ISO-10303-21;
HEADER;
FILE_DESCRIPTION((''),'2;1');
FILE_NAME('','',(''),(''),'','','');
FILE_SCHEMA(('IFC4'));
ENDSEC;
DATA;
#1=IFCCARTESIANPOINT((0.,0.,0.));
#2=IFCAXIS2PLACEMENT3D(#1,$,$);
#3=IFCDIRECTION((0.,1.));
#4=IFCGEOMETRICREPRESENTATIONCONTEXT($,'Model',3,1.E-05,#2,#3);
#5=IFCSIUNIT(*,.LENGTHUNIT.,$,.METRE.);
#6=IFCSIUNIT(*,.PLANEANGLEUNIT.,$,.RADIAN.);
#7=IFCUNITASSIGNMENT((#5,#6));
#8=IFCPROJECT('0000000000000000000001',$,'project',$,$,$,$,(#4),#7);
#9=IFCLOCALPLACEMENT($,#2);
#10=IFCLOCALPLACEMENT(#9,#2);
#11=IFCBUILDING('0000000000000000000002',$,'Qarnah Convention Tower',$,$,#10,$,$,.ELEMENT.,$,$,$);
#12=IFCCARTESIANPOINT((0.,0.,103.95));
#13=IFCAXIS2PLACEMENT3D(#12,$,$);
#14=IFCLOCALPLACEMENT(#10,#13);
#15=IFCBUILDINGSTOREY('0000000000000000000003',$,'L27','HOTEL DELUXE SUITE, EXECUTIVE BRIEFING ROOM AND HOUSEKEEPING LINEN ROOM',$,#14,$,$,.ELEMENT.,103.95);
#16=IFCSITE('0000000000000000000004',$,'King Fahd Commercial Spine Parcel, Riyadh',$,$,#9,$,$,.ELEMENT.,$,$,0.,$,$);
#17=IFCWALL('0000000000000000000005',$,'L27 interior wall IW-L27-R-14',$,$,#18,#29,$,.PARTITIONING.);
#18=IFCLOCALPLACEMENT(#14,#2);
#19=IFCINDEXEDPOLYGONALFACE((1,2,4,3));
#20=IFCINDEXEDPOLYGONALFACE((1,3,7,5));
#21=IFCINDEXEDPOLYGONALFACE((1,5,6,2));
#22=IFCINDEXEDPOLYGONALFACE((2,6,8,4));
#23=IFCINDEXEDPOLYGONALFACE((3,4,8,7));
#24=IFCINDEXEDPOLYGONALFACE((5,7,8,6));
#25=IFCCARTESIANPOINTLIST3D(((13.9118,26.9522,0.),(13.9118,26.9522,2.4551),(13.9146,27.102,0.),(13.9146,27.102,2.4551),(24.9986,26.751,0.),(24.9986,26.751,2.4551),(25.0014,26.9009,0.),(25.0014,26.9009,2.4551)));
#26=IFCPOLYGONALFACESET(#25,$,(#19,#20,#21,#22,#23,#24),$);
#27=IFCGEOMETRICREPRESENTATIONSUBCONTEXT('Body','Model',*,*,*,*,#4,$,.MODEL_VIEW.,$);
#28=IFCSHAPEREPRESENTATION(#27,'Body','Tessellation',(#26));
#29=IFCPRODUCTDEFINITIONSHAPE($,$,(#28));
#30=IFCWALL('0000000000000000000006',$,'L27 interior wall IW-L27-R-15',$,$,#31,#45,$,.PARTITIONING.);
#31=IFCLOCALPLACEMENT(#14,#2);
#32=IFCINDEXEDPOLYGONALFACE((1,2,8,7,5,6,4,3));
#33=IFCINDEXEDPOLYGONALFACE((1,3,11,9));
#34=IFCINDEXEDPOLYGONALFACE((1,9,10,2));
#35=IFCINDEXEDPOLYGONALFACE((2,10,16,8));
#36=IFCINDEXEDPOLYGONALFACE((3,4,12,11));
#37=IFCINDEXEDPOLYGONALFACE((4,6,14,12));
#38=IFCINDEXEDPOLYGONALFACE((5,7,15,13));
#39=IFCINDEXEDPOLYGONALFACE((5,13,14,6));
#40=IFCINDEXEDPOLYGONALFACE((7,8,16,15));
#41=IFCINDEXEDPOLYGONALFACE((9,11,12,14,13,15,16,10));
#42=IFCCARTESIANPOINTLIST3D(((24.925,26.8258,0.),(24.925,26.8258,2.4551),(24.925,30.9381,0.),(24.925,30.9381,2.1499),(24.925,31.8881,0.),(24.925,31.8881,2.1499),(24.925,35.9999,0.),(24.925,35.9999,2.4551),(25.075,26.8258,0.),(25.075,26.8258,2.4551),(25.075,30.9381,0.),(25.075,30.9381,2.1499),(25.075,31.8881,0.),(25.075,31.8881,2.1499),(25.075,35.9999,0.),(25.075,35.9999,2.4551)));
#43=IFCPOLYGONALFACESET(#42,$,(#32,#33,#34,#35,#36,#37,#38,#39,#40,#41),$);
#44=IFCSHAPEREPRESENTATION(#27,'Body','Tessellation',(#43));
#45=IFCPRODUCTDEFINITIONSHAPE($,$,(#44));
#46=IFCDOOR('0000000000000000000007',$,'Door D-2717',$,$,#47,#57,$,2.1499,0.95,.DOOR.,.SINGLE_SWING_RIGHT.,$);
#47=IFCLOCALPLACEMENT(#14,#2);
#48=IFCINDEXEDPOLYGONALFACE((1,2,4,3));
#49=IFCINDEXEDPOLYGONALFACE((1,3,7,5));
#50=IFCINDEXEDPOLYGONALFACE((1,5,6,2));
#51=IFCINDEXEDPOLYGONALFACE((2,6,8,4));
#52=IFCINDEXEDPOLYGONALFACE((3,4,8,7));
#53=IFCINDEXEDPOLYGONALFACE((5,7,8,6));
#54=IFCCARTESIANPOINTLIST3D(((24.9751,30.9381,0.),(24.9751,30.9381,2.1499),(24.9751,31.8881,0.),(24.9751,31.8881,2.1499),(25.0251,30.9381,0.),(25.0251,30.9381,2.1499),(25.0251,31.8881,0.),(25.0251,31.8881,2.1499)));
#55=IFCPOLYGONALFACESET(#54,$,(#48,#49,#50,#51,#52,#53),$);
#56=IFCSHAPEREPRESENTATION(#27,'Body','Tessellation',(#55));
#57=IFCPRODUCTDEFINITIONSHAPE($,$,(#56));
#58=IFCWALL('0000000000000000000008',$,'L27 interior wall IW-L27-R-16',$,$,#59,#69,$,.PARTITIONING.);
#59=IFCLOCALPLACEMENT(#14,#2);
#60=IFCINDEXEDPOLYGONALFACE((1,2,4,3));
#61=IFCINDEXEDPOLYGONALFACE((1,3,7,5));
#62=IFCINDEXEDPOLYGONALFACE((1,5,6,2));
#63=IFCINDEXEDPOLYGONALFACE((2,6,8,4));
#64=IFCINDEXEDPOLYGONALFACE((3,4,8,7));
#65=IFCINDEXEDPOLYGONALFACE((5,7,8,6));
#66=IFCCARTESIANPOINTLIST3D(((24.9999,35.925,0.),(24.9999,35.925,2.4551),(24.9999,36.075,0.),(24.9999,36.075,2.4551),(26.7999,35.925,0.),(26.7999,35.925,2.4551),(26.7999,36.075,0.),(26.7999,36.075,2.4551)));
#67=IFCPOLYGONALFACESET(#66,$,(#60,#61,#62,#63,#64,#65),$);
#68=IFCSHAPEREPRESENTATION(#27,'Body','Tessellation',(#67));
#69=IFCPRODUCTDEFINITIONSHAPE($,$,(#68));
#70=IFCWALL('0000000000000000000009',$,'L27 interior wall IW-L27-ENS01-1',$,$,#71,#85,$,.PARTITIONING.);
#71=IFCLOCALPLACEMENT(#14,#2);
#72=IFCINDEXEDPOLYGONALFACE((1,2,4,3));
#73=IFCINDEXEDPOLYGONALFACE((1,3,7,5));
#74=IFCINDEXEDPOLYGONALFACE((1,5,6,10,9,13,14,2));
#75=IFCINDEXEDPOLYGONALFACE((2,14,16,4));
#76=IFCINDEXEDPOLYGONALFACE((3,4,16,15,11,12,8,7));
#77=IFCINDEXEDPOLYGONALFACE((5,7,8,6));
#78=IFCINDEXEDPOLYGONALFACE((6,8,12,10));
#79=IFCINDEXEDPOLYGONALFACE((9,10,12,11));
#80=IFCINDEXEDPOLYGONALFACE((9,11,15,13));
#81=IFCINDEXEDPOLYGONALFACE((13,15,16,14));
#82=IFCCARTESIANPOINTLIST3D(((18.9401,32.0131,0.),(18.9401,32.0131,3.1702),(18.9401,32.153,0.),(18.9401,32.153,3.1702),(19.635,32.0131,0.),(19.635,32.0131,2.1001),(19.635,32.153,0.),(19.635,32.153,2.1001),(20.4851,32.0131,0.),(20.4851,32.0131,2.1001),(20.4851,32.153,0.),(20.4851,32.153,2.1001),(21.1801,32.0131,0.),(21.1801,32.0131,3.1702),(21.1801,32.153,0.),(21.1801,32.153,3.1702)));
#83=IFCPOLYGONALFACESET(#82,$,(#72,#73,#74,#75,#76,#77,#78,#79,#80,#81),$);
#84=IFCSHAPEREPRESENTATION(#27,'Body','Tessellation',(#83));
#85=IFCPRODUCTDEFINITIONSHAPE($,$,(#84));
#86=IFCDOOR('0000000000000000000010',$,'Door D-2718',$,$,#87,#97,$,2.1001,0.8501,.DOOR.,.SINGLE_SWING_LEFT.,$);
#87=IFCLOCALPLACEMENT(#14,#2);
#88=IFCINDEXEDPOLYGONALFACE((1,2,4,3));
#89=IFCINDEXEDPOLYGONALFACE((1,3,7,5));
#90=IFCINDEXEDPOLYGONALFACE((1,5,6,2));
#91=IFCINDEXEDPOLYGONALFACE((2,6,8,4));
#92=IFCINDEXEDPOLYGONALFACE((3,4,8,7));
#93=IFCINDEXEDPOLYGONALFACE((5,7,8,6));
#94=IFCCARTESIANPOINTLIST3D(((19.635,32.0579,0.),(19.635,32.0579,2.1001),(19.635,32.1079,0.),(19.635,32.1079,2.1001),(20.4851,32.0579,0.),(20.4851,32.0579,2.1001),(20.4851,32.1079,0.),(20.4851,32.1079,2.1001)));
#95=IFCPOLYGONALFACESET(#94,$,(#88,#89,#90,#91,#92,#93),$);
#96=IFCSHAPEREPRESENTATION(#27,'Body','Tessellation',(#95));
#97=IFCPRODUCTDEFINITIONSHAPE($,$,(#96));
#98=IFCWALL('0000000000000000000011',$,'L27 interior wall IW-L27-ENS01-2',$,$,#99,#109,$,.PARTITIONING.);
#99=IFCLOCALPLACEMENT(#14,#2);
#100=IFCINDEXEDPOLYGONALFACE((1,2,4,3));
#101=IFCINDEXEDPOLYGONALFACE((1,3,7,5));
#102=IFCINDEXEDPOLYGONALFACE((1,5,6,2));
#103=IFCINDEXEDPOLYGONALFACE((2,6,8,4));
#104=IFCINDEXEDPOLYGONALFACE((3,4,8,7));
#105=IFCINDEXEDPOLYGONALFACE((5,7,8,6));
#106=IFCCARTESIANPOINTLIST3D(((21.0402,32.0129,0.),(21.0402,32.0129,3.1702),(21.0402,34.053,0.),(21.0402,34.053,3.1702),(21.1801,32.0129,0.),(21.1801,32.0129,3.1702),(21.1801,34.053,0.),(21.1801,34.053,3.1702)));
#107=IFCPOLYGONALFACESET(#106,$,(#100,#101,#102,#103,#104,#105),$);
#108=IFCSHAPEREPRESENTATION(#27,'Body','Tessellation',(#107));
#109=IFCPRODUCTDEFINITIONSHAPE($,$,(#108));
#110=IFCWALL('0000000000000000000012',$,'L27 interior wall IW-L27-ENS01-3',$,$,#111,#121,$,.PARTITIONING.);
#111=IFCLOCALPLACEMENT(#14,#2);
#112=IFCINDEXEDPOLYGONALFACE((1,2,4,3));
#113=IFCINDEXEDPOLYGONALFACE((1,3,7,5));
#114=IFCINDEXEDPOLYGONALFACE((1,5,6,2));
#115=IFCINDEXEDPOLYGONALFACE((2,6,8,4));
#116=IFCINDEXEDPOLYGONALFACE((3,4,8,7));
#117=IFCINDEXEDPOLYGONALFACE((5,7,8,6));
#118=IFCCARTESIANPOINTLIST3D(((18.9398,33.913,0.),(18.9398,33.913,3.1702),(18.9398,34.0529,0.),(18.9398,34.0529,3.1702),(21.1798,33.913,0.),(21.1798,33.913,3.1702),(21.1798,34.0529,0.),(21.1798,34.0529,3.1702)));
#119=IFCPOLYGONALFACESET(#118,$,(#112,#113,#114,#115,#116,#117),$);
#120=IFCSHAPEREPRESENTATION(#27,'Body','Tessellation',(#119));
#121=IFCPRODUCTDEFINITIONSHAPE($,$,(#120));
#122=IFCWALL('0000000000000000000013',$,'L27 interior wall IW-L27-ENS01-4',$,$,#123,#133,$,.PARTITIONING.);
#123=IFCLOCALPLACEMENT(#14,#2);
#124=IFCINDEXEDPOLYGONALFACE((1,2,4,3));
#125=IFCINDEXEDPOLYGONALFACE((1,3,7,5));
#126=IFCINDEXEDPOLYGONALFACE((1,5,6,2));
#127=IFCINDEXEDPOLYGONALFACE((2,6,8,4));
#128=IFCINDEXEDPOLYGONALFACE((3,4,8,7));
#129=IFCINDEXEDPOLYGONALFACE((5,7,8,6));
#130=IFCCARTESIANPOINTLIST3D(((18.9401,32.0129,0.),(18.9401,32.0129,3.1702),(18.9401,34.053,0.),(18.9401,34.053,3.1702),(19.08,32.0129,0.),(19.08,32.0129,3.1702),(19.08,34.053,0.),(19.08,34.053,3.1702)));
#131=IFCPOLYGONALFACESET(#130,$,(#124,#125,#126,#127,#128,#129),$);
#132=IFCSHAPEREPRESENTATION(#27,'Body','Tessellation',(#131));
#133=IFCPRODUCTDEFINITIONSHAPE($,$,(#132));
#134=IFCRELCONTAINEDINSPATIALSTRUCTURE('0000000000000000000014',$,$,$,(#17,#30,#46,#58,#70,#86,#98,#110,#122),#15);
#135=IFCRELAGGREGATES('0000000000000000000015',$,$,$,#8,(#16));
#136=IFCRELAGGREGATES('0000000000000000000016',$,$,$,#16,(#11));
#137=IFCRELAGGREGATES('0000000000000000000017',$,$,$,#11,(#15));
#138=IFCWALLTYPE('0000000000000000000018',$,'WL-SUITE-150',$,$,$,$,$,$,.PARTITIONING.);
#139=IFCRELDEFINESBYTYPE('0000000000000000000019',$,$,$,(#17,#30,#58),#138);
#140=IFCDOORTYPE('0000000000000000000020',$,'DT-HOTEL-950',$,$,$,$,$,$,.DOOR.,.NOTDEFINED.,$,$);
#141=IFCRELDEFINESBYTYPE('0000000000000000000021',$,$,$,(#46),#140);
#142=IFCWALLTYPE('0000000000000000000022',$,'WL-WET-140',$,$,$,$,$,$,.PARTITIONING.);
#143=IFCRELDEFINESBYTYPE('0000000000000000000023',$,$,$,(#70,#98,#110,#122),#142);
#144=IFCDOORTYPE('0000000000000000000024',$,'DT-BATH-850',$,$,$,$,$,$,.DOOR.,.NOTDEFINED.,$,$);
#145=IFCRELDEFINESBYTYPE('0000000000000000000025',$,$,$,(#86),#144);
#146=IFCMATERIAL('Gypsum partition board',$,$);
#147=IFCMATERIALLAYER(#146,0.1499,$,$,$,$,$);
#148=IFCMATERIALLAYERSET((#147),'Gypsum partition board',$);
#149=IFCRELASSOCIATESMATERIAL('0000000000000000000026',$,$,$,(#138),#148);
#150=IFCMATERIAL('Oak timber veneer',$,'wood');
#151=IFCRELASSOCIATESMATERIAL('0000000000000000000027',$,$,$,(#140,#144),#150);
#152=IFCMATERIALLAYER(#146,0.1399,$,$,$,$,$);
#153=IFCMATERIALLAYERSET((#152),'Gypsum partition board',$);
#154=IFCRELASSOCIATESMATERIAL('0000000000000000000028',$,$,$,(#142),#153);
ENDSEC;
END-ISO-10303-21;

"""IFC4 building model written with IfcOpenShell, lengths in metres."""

from ifc_helpers import new_model, si_unit, direction, frame, frame_2d, origin, place, context, subcontext, project, spatial, rectangle, extrude, material, layer, layer_set, type_object, element, fill, save


model = new_model("IFC4")

# Units and contexts
model_context = context("Model", 3, precision=1e-05, world=origin(), true_north=direction((0.0, 1.0)))
body_context = subcontext(model_context, "Body", "Model", "MODEL_VIEW")
ifc_project = project(units=[si_unit("LENGTHUNIT", "METRE"), si_unit("PLANEANGLEUNIT", "RADIAN")], contexts=[model_context])

# Site, building, storey
site_placement = place(None, origin())
site = spatial("IfcSite", under=ifc_project, at=site_placement, Name="King Fahd Commercial Spine Parcel, Riyadh", CompositionType="ELEMENT", RefElevation=0.0)
building_placement = place(site_placement, origin())
building = spatial("IfcBuilding", under=site, at=building_placement, Name="Qarnah Convention Tower", CompositionType="ELEMENT")
storey_placement = place(building_placement, frame((0.0, 0.0, 103.95)))
storey = spatial("IfcBuildingStorey", under=building, at=storey_placement, Name="L27", Description="HOTEL DELUXE SUITE, EXECUTIVE BRIEFING ROOM AND HOUSEKEEPING LINEN ROOM", CompositionType="ELEMENT", Elevation=103.95)

# Wall
ifc_material_1 = material(Name="Gypsum partition board")
ifc_layer_1 = layer(ifc_material_1, 0.1499)
ifc_layer_set_1 = layer_set([ifc_layer_1], Name="Gypsum partition board")
wall_type_1 = type_object("IfcWallType", Name="WL-SUITE-150", PredefinedType="PARTITIONING", material=ifc_layer_set_1)
wall_1_placement = place(storey_placement, frame((13.9131, 27.0271, 0.0), z_axis=(0.0, 0.0, 1.0), x_axis=(0.999835, -0.018142, 0.0)))
element("IfcWall", 1, at=wall_1_placement, inside=storey, type_object=wall_type_1, Name="L27 interior wall IW-L27-R-14", PredefinedType="PARTITIONING", context=body_context, shape_type="SweptSolid", body=[
    extrude(rectangle(XDim=11.0886, YDim=0.1499, at=frame_2d((5.5444, 0.0))), origin(), (0.0, 0.0, 1.0), 2.4551),
])

# Wall, opening, door
wall_2_placement = place(storey_placement, frame((25.0, 26.8259, 0.0), z_axis=(0.0, 0.0, 1.0), x_axis=(0.0, 1.0, 0.0)))
wall_2 = element("IfcWall", 2, at=wall_2_placement, inside=storey, type_object=wall_type_1, Name="L27 interior wall IW-L27-R-15", PredefinedType="PARTITIONING", context=body_context, shape_type="SweptSolid", body=[
    extrude(rectangle(XDim=9.1741, YDim=0.1499, at=frame_2d((4.5869, 0.0))), origin(), (0.0, 0.0, 1.0), 2.4551),
])
opening_1_placement = place(wall_2_placement, frame((4.1121, 0.0, 0.0)))
opening_1 = element("IfcOpeningElement", 3, at=opening_1_placement, cuts=wall_2, PredefinedType="OPENING", context=body_context, shape_type="SweptSolid", body=[
    extrude(rectangle(XDim=0.95, YDim=2.1499, at=frame_2d((0.4751, 1.075))), frame((0.0, 0.085, 0.0), z_axis=(0.0, -1.0, 0.0), x_axis=(1.0, 0.0, 0.0)), (0.0, 0.0, 1.0), 0.1699),
])
ifc_material_2 = material(Name="Oak timber veneer", Category="wood")
door_type_1 = type_object("IfcDoorType", Name="DT-HOTEL-950", OperationType="NOTDEFINED", PredefinedType="DOOR", material=ifc_material_2)
door_1_placement = place(opening_1_placement, origin())
door_1 = element("IfcDoor", 4, at=door_1_placement, inside=storey, type_object=door_type_1, Name="Door D-2717", OperationType="SINGLE_SWING_RIGHT", OverallHeight=2.1499, OverallWidth=0.95, PredefinedType="DOOR", context=body_context, shape_type="SweptSolid", body=[
    extrude(rectangle(XDim=0.95, YDim=2.1499, at=frame_2d((0.4751, 1.075))), frame((0.0, 0.0249, 0.0), z_axis=(0.0, -1.0, 0.0), x_axis=(1.0, 0.0, 0.0)), (0.0, 0.0, 1.0), 0.05),
])
fill(opening_1, door_1)

# Wall
wall_3_placement = place(storey_placement, frame((25.0, 36.0, 0.0), z_axis=(0.0, 0.0, 1.0), x_axis=(1.0, 0.0, 0.0)))
element("IfcWall", 5, at=wall_3_placement, inside=storey, type_object=wall_type_1, Name="L27 interior wall IW-L27-R-16", PredefinedType="PARTITIONING", context=body_context, shape_type="SweptSolid", body=[
    extrude(rectangle(XDim=1.8, YDim=0.1499, at=frame_2d((0.8999, 0.0))), origin(), (0.0, 0.0, 1.0), 2.4551),
])

# Wall, opening, door
ifc_layer_2 = layer(ifc_material_1, 0.1399)
ifc_layer_set_2 = layer_set([ifc_layer_2], Name="Gypsum partition board")
wall_type_2 = type_object("IfcWallType", Name="WL-WET-140", PredefinedType="PARTITIONING", material=ifc_layer_set_2)
wall_4_placement = place(storey_placement, frame((18.9399, 32.083, 0.0), z_axis=(0.0, 0.0, 1.0), x_axis=(1.0, 0.0, 0.0)))
wall_4 = element("IfcWall", 6, at=wall_4_placement, inside=storey, type_object=wall_type_2, Name="L27 interior wall IW-L27-ENS01-1", PredefinedType="PARTITIONING", context=body_context, shape_type="SweptSolid", body=[
    extrude(rectangle(XDim=2.24, YDim=0.1399, at=frame_2d((1.1201, 0.0))), origin(), (0.0, 0.0, 1.0), 3.1702),
])
opening_2_placement = place(wall_4_placement, frame((0.6951, 0.0, 0.0)))
opening_2 = element("IfcOpeningElement", 7, at=opening_2_placement, cuts=wall_4, PredefinedType="OPENING", context=body_context, shape_type="SweptSolid", body=[
    extrude(rectangle(XDim=0.8501, YDim=2.1001, at=frame_2d((0.425, 1.05))), frame((0.0, 0.0798, 0.0), z_axis=(0.0, -1.0, 0.0), x_axis=(1.0, 0.0, 0.0)), (0.0, 0.0, 1.0), 0.1599),
])
door_type_2 = type_object("IfcDoorType", Name="DT-BATH-850", OperationType="NOTDEFINED", PredefinedType="DOOR", material=ifc_material_2)
door_2_placement = place(opening_2_placement, origin())
door_2 = element("IfcDoor", 8, at=door_2_placement, inside=storey, type_object=door_type_2, Name="Door D-2718", OperationType="SINGLE_SWING_LEFT", OverallHeight=2.1001, OverallWidth=0.8501, PredefinedType="DOOR", context=body_context, shape_type="SweptSolid", body=[
    extrude(rectangle(XDim=0.8501, YDim=2.1001, at=frame_2d((0.425, 1.05))), frame((0.0, 0.0249, 0.0), z_axis=(0.0, -1.0, 0.0), x_axis=(1.0, 0.0, 0.0)), (0.0, 0.0, 1.0), 0.05),
])
fill(opening_2, door_2)

# Walls
wall_5_placement = place(storey_placement, frame((21.1101, 32.0129, 0.0), z_axis=(0.0, 0.0, 1.0), x_axis=(0.0, 1.0, 0.0)))
element("IfcWall", 9, at=wall_5_placement, inside=storey, type_object=wall_type_2, Name="L27 interior wall IW-L27-ENS01-2", PredefinedType="PARTITIONING", context=body_context, shape_type="SweptSolid", body=[
    extrude(rectangle(XDim=2.04, YDim=0.1399, at=frame_2d((1.02, 0.0))), origin(), (0.0, 0.0, 1.0), 3.1702),
])
wall_6_placement = place(storey_placement, frame((21.1799, 33.9829, 0.0), z_axis=(0.0, 0.0, 1.0), x_axis=(-1.0, 0.0, 0.0)))
element("IfcWall", 10, at=wall_6_placement, inside=storey, type_object=wall_type_2, Name="L27 interior wall IW-L27-ENS01-3", PredefinedType="PARTITIONING", context=body_context, shape_type="SweptSolid", body=[
    extrude(rectangle(XDim=2.24, YDim=0.1399, at=frame_2d((1.1201, 0.0))), origin(), (0.0, 0.0, 1.0), 3.1702),
])
wall_7_placement = place(storey_placement, frame((19.01, 34.053, 0.0), z_axis=(0.0, 0.0, 1.0), x_axis=(0.0, -1.0, 0.0)))
element("IfcWall", 11, at=wall_7_placement, inside=storey, type_object=wall_type_2, Name="L27 interior wall IW-L27-ENS01-4", PredefinedType="PARTITIONING", context=body_context, shape_type="SweptSolid", body=[
    extrude(rectangle(XDim=2.04, YDim=0.1399, at=frame_2d((1.02, 0.0))), origin(), (0.0, 0.0, 1.0), 3.1702),
])

save(model, "model.ifc")
